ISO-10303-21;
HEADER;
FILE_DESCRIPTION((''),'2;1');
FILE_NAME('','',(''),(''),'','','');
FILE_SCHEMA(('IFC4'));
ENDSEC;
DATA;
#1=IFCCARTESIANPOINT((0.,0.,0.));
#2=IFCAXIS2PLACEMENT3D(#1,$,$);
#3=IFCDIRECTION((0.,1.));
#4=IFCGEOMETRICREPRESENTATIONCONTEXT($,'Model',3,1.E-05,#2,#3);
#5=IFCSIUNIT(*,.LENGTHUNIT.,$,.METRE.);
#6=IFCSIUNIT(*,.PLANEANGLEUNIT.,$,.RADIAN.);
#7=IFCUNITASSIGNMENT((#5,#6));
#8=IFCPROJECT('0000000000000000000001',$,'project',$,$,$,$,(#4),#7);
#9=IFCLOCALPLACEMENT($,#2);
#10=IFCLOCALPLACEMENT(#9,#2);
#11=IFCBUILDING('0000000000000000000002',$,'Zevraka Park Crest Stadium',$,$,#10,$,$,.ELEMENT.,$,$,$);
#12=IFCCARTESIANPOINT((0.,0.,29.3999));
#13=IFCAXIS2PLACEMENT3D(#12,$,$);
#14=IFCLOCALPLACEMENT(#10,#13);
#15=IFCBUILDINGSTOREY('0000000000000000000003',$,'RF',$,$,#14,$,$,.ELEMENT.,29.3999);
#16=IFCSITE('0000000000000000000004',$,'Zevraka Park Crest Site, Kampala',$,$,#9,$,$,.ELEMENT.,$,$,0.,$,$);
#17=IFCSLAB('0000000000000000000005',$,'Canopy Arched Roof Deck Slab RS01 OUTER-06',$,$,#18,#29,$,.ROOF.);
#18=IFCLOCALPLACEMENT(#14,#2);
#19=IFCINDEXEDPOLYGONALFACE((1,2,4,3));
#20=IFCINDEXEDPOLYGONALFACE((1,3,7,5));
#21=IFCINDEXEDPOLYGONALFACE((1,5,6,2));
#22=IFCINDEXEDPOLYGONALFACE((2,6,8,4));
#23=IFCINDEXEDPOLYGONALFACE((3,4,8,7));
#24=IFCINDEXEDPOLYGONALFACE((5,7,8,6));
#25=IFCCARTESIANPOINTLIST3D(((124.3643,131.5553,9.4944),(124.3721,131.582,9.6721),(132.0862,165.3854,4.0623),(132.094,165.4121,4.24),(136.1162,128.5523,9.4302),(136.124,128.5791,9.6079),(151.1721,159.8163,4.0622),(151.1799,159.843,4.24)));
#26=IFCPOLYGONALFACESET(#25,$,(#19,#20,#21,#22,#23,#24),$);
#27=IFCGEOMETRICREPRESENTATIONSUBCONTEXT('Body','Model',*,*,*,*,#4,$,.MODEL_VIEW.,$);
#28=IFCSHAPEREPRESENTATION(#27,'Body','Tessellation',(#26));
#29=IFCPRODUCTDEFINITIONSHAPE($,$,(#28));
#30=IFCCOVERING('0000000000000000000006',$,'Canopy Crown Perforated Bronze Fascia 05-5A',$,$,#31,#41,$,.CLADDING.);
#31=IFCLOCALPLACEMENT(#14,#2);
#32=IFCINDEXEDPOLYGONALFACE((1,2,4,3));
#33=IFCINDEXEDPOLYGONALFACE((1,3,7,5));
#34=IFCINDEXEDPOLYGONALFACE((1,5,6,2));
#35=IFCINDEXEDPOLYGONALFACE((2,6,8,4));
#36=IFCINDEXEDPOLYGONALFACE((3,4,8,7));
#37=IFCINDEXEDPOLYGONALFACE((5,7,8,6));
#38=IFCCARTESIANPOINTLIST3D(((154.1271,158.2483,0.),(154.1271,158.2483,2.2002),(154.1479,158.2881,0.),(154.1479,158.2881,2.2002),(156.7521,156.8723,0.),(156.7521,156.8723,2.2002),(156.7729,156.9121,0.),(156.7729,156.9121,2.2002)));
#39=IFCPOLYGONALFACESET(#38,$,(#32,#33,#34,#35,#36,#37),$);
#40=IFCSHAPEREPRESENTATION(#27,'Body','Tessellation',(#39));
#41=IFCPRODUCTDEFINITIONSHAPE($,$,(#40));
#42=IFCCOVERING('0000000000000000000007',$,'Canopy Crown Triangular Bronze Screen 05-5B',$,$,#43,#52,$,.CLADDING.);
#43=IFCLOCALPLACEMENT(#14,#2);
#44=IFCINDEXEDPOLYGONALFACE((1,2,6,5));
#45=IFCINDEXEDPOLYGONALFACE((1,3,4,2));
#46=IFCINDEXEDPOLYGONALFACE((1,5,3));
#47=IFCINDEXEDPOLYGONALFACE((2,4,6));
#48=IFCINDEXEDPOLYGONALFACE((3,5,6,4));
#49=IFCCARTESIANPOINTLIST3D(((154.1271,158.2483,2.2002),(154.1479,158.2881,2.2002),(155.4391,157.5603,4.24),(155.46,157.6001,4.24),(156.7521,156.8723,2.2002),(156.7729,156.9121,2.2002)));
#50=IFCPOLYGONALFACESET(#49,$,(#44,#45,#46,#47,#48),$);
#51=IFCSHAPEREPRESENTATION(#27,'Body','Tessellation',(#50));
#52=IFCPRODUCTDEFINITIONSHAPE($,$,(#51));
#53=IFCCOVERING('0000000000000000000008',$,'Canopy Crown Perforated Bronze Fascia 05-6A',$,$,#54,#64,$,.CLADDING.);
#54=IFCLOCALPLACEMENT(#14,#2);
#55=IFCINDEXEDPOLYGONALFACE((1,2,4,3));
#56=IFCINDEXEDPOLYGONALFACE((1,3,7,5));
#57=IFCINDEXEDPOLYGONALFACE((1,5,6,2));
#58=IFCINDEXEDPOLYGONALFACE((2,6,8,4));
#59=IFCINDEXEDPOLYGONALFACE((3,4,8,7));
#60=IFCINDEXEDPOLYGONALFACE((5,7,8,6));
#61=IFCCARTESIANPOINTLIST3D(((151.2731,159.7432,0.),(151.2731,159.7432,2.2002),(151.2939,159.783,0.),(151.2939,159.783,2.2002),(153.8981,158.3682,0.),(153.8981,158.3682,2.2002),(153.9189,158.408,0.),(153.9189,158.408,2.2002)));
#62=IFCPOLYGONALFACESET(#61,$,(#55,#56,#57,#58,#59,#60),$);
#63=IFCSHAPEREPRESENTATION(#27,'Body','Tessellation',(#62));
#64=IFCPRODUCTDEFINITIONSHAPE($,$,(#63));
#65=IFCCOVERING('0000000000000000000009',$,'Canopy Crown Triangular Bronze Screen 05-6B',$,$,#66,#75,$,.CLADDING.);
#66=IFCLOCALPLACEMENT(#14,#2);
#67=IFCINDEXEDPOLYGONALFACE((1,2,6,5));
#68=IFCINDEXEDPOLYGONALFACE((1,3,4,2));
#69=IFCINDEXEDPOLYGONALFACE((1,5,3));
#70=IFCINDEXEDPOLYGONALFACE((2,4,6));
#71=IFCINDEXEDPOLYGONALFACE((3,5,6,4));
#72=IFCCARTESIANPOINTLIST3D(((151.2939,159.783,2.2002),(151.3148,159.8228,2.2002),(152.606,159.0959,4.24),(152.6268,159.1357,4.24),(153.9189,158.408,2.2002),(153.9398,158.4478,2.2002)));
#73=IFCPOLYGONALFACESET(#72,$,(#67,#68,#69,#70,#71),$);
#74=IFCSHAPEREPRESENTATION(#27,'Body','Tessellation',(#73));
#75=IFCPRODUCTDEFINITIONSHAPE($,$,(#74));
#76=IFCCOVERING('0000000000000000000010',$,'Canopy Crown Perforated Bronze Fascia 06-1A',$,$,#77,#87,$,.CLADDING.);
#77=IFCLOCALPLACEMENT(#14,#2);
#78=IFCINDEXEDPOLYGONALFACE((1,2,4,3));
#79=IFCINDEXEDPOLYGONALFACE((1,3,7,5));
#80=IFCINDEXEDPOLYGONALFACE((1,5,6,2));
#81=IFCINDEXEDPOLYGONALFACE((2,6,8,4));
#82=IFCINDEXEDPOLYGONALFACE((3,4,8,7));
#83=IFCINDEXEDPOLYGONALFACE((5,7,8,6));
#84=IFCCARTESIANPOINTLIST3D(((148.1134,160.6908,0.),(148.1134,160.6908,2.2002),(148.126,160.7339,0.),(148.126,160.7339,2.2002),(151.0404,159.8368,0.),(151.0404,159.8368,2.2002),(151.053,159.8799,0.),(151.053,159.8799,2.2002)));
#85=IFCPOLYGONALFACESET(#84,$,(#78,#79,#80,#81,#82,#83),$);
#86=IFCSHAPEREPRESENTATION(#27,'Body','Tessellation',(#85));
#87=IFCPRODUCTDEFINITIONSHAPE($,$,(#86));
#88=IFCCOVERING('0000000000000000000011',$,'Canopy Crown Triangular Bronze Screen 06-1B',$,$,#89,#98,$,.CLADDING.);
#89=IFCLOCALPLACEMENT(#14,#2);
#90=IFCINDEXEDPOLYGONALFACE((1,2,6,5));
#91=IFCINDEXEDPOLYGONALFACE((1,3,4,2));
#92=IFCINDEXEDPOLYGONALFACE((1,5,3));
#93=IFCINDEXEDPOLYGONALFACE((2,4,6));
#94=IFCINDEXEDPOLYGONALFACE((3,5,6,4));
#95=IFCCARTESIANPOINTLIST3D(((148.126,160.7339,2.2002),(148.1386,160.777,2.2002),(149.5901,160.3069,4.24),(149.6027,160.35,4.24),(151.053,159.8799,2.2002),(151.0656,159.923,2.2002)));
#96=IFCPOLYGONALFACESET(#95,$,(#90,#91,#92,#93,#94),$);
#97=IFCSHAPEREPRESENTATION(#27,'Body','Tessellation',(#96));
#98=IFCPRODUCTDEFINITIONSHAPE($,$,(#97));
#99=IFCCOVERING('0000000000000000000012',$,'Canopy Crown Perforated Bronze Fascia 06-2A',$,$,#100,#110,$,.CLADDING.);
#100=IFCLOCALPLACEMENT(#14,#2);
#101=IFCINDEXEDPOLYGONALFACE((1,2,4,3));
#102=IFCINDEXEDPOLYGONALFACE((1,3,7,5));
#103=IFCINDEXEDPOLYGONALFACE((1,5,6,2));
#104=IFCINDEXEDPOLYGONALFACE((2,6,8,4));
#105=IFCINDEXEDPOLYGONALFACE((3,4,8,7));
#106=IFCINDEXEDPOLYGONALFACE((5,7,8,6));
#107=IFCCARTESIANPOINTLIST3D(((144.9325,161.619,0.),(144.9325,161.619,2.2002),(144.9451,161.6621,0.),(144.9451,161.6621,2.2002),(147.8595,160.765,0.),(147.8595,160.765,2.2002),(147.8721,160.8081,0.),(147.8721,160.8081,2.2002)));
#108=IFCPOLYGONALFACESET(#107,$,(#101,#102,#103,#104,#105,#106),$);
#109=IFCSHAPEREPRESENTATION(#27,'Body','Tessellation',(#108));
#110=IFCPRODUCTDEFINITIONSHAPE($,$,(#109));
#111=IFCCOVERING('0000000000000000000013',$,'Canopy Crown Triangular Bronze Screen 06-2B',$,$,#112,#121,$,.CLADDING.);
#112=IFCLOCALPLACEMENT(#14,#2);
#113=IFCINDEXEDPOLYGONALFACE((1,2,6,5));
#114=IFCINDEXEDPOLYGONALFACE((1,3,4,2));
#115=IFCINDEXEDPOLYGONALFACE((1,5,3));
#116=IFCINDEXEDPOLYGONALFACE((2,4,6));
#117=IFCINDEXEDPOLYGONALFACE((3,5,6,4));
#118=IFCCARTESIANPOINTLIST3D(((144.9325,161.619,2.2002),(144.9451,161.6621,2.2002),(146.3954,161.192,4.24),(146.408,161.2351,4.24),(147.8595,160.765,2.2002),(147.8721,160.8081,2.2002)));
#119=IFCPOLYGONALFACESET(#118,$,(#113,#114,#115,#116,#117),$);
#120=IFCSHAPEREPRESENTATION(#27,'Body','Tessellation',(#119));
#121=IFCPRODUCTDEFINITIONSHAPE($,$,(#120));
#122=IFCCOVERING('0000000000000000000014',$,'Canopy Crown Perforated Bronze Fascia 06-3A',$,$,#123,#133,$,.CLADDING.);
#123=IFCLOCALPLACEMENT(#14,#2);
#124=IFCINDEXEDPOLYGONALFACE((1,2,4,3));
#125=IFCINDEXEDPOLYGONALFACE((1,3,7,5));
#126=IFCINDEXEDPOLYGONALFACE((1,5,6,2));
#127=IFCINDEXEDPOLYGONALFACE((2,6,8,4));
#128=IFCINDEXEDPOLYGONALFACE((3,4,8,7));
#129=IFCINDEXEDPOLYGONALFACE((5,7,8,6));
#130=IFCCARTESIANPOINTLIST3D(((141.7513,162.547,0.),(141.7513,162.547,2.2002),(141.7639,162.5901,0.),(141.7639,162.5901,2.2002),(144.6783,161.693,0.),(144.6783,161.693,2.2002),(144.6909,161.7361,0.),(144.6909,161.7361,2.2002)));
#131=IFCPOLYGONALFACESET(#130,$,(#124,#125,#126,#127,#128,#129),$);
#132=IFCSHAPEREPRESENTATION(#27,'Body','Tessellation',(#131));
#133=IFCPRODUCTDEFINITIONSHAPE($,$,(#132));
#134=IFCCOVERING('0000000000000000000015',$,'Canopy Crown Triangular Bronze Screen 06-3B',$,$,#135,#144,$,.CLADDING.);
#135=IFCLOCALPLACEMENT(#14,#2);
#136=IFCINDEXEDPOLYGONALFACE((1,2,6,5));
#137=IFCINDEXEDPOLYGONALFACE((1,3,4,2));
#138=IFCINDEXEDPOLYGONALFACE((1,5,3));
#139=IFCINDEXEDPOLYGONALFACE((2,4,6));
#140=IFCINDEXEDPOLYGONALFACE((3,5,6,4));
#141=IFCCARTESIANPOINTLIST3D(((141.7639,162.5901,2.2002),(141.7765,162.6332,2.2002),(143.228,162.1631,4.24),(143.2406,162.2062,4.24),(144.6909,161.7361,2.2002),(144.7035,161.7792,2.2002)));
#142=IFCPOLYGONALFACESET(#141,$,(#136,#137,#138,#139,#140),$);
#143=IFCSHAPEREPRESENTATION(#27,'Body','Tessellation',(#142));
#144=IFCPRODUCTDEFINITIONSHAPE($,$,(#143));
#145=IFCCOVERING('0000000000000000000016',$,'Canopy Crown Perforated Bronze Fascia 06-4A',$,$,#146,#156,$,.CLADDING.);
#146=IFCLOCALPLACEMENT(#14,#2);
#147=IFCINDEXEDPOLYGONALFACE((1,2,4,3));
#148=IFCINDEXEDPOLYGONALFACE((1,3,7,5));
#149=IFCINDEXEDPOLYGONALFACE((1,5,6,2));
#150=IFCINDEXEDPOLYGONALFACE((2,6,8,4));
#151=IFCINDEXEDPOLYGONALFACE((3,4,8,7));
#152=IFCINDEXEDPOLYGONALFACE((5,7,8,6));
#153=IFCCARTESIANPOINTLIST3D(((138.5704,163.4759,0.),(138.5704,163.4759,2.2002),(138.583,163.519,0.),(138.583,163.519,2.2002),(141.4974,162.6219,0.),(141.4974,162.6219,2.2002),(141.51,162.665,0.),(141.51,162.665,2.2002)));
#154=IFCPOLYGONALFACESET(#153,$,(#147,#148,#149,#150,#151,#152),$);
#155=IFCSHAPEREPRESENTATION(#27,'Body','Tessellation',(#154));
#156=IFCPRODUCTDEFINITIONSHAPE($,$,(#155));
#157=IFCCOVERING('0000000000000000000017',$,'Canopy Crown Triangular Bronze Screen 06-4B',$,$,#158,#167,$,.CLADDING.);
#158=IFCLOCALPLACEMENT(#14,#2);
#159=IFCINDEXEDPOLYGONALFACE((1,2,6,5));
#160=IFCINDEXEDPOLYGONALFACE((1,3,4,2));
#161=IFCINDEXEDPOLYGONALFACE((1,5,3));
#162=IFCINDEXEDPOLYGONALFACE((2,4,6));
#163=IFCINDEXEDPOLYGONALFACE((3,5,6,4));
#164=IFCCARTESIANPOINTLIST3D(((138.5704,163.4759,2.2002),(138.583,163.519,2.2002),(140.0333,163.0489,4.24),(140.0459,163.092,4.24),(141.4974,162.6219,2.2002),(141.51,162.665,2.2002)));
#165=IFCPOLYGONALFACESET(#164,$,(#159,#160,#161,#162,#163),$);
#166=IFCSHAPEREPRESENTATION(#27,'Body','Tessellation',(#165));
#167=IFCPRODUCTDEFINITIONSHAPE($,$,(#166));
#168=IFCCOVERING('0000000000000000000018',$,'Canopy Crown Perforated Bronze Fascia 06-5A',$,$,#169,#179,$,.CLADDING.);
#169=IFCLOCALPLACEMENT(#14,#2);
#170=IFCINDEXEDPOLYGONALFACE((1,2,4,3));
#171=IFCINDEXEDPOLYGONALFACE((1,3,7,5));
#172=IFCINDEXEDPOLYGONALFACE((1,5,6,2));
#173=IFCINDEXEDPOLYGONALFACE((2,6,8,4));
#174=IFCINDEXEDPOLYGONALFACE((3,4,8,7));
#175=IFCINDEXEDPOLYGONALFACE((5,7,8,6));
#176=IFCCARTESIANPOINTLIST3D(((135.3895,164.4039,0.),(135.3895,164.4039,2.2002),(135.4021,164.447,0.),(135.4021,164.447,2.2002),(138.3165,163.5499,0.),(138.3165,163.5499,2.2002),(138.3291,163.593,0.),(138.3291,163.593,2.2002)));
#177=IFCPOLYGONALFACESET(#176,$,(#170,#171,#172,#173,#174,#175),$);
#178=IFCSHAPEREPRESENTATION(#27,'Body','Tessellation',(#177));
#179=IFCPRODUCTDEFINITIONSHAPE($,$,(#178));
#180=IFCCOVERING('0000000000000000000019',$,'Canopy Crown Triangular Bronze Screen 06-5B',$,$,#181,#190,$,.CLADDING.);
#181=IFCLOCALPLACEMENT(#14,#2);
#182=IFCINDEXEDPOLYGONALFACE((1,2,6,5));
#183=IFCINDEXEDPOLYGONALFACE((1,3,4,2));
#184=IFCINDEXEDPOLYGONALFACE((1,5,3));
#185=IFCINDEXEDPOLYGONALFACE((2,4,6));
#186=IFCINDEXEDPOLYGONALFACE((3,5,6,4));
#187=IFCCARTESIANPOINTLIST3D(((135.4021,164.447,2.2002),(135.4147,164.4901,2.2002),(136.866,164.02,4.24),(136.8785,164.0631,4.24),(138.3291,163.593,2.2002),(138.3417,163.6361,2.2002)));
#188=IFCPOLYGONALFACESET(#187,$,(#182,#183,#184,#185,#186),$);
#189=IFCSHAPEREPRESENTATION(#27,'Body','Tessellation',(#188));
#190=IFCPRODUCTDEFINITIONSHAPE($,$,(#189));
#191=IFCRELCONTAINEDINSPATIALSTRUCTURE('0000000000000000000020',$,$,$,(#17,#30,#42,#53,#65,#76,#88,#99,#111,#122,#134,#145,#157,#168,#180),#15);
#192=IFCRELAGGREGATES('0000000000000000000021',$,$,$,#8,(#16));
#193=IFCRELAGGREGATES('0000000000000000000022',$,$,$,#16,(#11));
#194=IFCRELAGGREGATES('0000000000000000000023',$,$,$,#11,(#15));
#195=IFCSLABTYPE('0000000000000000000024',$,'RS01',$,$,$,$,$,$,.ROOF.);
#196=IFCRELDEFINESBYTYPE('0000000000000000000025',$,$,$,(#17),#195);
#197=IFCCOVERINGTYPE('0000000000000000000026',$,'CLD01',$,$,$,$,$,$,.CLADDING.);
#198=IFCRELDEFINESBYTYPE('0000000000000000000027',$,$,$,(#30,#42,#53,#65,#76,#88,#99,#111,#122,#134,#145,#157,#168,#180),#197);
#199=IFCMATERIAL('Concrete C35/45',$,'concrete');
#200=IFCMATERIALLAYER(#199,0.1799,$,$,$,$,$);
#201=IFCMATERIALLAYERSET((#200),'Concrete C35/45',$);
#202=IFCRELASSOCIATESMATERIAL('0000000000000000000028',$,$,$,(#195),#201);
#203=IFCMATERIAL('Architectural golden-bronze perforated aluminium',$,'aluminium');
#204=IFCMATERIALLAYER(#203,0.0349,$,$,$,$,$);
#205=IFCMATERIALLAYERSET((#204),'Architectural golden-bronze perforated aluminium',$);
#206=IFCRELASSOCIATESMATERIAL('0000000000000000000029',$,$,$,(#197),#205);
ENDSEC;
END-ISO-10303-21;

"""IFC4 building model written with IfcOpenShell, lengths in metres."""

from ifc_helpers import new_model, si_unit, direction, frame, origin, place, context, subcontext, project, spatial, polyline, outline, extrude, material, layer, layer_set, type_object, element, save


model = new_model("IFC4")

# Units and contexts
model_context = context("Model", 3, precision=1e-05, world=origin(), true_north=direction((0.0, 1.0)))
body_context = subcontext(model_context, "Body", "Model", "MODEL_VIEW")
ifc_project = project(units=[si_unit("LENGTHUNIT", "METRE"), si_unit("PLANEANGLEUNIT", "RADIAN")], contexts=[model_context])

# Site, building, storey
site_placement = place(None, origin())
site = spatial("IfcSite", under=ifc_project, at=site_placement, Name="Zevraka Park Crest Site, Kampala", CompositionType="ELEMENT", RefElevation=0.0)
building_placement = place(site_placement, origin())
building = spatial("IfcBuilding", under=site, at=building_placement, Name="Zevraka Park Crest Stadium", CompositionType="ELEMENT")
storey_placement = place(building_placement, frame((0.0, 0.0, 29.3999)))
storey = spatial("IfcBuildingStorey", under=building, at=storey_placement, Name="RF", CompositionType="ELEMENT", Elevation=29.3999)

# Slab
ifc_material_1 = material(Name="Concrete C35/45", Category="concrete")
ifc_layer_1 = layer(ifc_material_1, 0.1799)
ifc_layer_set_1 = layer_set([ifc_layer_1], Name="Concrete C35/45")
slab_type = type_object("IfcSlabType", Name="RS01", PredefinedType="ROOF", material=ifc_layer_set_1)
slab_placement = place(storey_placement, frame((151.1799, 159.843, 4.24), z_axis=(0.043398, 0.148725, 0.987926), x_axis=(-0.959968, 0.28011, 0.000002)))
element("IfcSlab", 1, at=slab_placement, inside=storey, type_object=slab_type, Name="Canopy Arched Roof Deck Slab RS01 OUTER-06", PredefinedType="ROOF", context=body_context, shape_type="SweptSolid", body=[
    extrude(outline(polyline([(0.0, 0.0), (19.8818, 0.0), (17.8185, 35.0621), (5.6959, 34.648), (0.0, 0.0)])), origin(), (0.0, 0.0, -1.0), 0.1799),
])

# Coverings
ifc_material_2 = material(Name="Architectural golden-bronze perforated aluminium", Category="aluminium")
ifc_layer_2 = layer(ifc_material_2, 0.0349)
ifc_layer_set_2 = layer_set([ifc_layer_2], Name="Architectural golden-bronze perforated aluminium")
covering_type_1 = type_object("IfcCoveringType", Name="CLD01", PredefinedType="CLADDING", material=ifc_layer_set_2)
covering_1_placement = place(storey_placement, frame((156.7729, 156.9121, 0.0), z_axis=(0.464266, 0.885696, 0.0), x_axis=(-0.885696, 0.464266, 0.0)))
element("IfcCovering", 2, at=covering_1_placement, inside=storey, type_object=covering_type_1, Name="Canopy Crown Perforated Bronze Fascia 05-5A", PredefinedType="CLADDING", context=body_context, shape_type="SweptSolid", body=[
    extrude(outline(polyline([(0.0, 0.0), (2.9638, 0.0), (2.9638, 2.2002), (0.0, 2.2002), (0.0, 0.0)])), origin(), (0.0, 0.0, -1.0), 0.0449),
])
covering_2_placement = place(storey_placement, frame((156.7729, 156.9121, 2.2002), z_axis=(0.464266, 0.885696, 0.000111), x_axis=(-0.885696, 0.464266, 0.0)))
element("IfcCovering", 3, at=covering_2_placement, inside=storey, type_object=covering_type_1, Name="Canopy Crown Triangular Bronze Screen 05-5B", PredefinedType="CLADDING", context=body_context, shape_type="SweptSolid", body=[
    extrude(outline(polyline([(0.0, 0.0), (2.9638, 0.0), (1.4823, 2.0398), (0.0, 0.0)])), origin(), (0.0, 0.0, -1.0), 0.0449),
])
covering_3_placement = place(storey_placement, frame((153.9189, 158.408, 0.0), z_axis=(0.464007, 0.885832, 0.0), x_axis=(-0.885832, 0.464007, 0.0)))
element("IfcCovering", 4, at=covering_3_placement, inside=storey, type_object=covering_type_1, Name="Canopy Crown Perforated Bronze Fascia 05-6A", PredefinedType="CLADDING", context=body_context, shape_type="SweptSolid", body=[
    extrude(outline(polyline([(0.0, 0.0), (2.9633, 0.0), (2.9633, 2.2002), (0.0, 2.2002), (0.0, 0.0)])), origin(), (0.0, 0.0, -1.0), 0.0449),
])
covering_4_placement = place(storey_placement, frame((153.9189, 158.408, 2.2002), z_axis=(-0.464007, -0.885832, 0.000101), x_axis=(-0.885832, 0.464007, 0.0)))
element("IfcCovering", 5, at=covering_4_placement, inside=storey, type_object=covering_type_1, Name="Canopy Crown Triangular Bronze Screen 05-6B", PredefinedType="CLADDING", context=body_context, shape_type="SweptSolid", body=[
    extrude(outline(polyline([(0.0, 0.0), (2.9633, 0.0), (1.4823, -2.0398), (0.0, 0.0)])), origin(), (0.0, 0.0, -1.0), 0.0449),
])
covering_5_placement = place(storey_placement, frame((151.053, 159.8799, 0.0), z_axis=(0.280089, 0.959974, 0.0), x_axis=(-0.959974, 0.280089, 0.0)))
element("IfcCovering", 6, at=covering_5_placement, inside=storey, type_object=covering_type_1, Name="Canopy Crown Perforated Bronze Fascia 06-1A", PredefinedType="CLADDING", context=body_context, shape_type="SweptSolid", body=[
    extrude(outline(polyline([(0.0, 0.0), (3.049, 0.0), (3.049, 2.2002), (0.0, 2.2002), (0.0, 0.0)])), origin(), (0.0, 0.0, -1.0), 0.0449),
])
covering_6_placement = place(storey_placement, frame((151.053, 159.8799, 2.2002), z_axis=(-0.280089, -0.959974, 0.000084), x_axis=(-0.959974, 0.280089, 0.0)))
element("IfcCovering", 7, at=covering_6_placement, inside=storey, type_object=covering_type_1, Name="Canopy Crown Triangular Bronze Screen 06-1B", PredefinedType="CLADDING", context=body_context, shape_type="SweptSolid", body=[
    extrude(outline(polyline([(0.0, 0.0), (3.049, 0.0), (1.5239, -2.0398), (0.0, 0.0)])), origin(), (0.0, 0.0, -1.0), 0.0449),
])
covering_7_placement = place(storey_placement, frame((147.8721, 160.8081, 0.0), z_axis=(0.280089, 0.959974, 0.0), x_axis=(-0.959974, 0.280089, 0.0)))
element("IfcCovering", 8, at=covering_7_placement, inside=storey, type_object=covering_type_1, Name="Canopy Crown Perforated Bronze Fascia 06-2A", PredefinedType="CLADDING", context=body_context, shape_type="SweptSolid", body=[
    extrude(outline(polyline([(0.0, 0.0), (3.049, 0.0), (3.049, 2.2002), (0.0, 2.2002), (0.0, 0.0)])), origin(), (0.0, 0.0, -1.0), 0.0449),
])
covering_8_placement = place(storey_placement, frame((147.8721, 160.8081, 2.2002), z_axis=(0.280089, 0.959974, 0.000084), x_axis=(-0.959974, 0.280089, 0.0)))
element("IfcCovering", 9, at=covering_8_placement, inside=storey, type_object=covering_type_1, Name="Canopy Crown Triangular Bronze Screen 06-2B", PredefinedType="CLADDING", context=body_context, shape_type="SweptSolid", body=[
    extrude(outline(polyline([(0.0, 0.0), (3.049, 0.0), (1.5251, 2.0398), (0.0, 0.0)])), origin(), (0.0, 0.0, -1.0), 0.0449),
])
covering_9_placement = place(storey_placement, frame((144.6909, 161.7361, 0.0), z_axis=(0.280089, 0.959974, 0.0), x_axis=(-0.959974, 0.280089, 0.0)))
element("IfcCovering", 10, at=covering_9_placement, inside=storey, type_object=covering_type_1, Name="Canopy Crown Perforated Bronze Fascia 06-3A", PredefinedType="CLADDING", context=body_context, shape_type="SweptSolid", body=[
    extrude(outline(polyline([(0.0, 0.0), (3.049, 0.0), (3.049, 2.2002), (0.0, 2.2002), (0.0, 0.0)])), origin(), (0.0, 0.0, -1.0), 0.0449),
])
covering_10_placement = place(storey_placement, frame((144.6909, 161.7361, 2.2002), z_axis=(-0.280089, -0.959974, 0.000084), x_axis=(-0.959974, 0.280089, 0.0)))
element("IfcCovering", 11, at=covering_10_placement, inside=storey, type_object=covering_type_1, Name="Canopy Crown Triangular Bronze Screen 06-3B", PredefinedType="CLADDING", context=body_context, shape_type="SweptSolid", body=[
    extrude(outline(polyline([(0.0, 0.0), (3.049, 0.0), (1.5239, -2.0398), (0.0, 0.0)])), origin(), (0.0, 0.0, -1.0), 0.0449),
])
covering_11_placement = place(storey_placement, frame((141.51, 162.665, 0.0), z_axis=(0.280089, 0.959974, 0.0), x_axis=(-0.959974, 0.280089, 0.0)))
element("IfcCovering", 12, at=covering_11_placement, inside=storey, type_object=covering_type_1, Name="Canopy Crown Perforated Bronze Fascia 06-4A", PredefinedType="CLADDING", context=body_context, shape_type="SweptSolid", body=[
    extrude(outline(polyline([(0.0, 0.0), (3.049, 0.0), (3.049, 2.2002), (0.0, 2.2002), (0.0, 0.0)])), origin(), (0.0, 0.0, -1.0), 0.0449),
])
covering_12_placement = place(storey_placement, frame((141.51, 162.665, 2.2002), z_axis=(0.280089, 0.959974, 0.000084), x_axis=(-0.959974, 0.280089, 0.0)))
element("IfcCovering", 13, at=covering_12_placement, inside=storey, type_object=covering_type_1, Name="Canopy Crown Triangular Bronze Screen 06-4B", PredefinedType="CLADDING", context=body_context, shape_type="SweptSolid", body=[
    extrude(outline(polyline([(0.0, 0.0), (3.049, 0.0), (1.5251, 2.0398), (0.0, 0.0)])), origin(), (0.0, 0.0, -1.0), 0.0449),
])
covering_13_placement = place(storey_placement, frame((138.3291, 163.593, 0.0), z_axis=(0.280089, 0.959974, 0.0), x_axis=(-0.959974, 0.280089, 0.0)))
element("IfcCovering", 14, at=covering_13_placement, inside=storey, type_object=covering_type_1, Name="Canopy Crown Perforated Bronze Fascia 06-5A", PredefinedType="CLADDING", context=body_context, shape_type="SweptSolid", body=[
    extrude(outline(polyline([(0.0, 0.0), (3.049, 0.0), (3.049, 2.2002), (0.0, 2.2002), (0.0, 0.0)])), origin(), (0.0, 0.0, -1.0), 0.0449),
])
covering_14_placement = place(storey_placement, frame((138.3291, 163.593, 2.2002), z_axis=(-0.280089, -0.959974, 0.00005), x_axis=(-0.959974, 0.280089, 0.0)))
element("IfcCovering", 15, at=covering_14_placement, inside=storey, type_object=covering_type_1, Name="Canopy Crown Triangular Bronze Screen 06-5B", PredefinedType="CLADDING", context=body_context, shape_type="SweptSolid", body=[
    extrude(outline(polyline([(0.0, 0.0), (3.049, 0.0), (1.5242, -2.0398), (0.0, 0.0)])), origin(), (0.0, 0.0, -1.0), 0.0449),
])

save(model, "model.ifc")
